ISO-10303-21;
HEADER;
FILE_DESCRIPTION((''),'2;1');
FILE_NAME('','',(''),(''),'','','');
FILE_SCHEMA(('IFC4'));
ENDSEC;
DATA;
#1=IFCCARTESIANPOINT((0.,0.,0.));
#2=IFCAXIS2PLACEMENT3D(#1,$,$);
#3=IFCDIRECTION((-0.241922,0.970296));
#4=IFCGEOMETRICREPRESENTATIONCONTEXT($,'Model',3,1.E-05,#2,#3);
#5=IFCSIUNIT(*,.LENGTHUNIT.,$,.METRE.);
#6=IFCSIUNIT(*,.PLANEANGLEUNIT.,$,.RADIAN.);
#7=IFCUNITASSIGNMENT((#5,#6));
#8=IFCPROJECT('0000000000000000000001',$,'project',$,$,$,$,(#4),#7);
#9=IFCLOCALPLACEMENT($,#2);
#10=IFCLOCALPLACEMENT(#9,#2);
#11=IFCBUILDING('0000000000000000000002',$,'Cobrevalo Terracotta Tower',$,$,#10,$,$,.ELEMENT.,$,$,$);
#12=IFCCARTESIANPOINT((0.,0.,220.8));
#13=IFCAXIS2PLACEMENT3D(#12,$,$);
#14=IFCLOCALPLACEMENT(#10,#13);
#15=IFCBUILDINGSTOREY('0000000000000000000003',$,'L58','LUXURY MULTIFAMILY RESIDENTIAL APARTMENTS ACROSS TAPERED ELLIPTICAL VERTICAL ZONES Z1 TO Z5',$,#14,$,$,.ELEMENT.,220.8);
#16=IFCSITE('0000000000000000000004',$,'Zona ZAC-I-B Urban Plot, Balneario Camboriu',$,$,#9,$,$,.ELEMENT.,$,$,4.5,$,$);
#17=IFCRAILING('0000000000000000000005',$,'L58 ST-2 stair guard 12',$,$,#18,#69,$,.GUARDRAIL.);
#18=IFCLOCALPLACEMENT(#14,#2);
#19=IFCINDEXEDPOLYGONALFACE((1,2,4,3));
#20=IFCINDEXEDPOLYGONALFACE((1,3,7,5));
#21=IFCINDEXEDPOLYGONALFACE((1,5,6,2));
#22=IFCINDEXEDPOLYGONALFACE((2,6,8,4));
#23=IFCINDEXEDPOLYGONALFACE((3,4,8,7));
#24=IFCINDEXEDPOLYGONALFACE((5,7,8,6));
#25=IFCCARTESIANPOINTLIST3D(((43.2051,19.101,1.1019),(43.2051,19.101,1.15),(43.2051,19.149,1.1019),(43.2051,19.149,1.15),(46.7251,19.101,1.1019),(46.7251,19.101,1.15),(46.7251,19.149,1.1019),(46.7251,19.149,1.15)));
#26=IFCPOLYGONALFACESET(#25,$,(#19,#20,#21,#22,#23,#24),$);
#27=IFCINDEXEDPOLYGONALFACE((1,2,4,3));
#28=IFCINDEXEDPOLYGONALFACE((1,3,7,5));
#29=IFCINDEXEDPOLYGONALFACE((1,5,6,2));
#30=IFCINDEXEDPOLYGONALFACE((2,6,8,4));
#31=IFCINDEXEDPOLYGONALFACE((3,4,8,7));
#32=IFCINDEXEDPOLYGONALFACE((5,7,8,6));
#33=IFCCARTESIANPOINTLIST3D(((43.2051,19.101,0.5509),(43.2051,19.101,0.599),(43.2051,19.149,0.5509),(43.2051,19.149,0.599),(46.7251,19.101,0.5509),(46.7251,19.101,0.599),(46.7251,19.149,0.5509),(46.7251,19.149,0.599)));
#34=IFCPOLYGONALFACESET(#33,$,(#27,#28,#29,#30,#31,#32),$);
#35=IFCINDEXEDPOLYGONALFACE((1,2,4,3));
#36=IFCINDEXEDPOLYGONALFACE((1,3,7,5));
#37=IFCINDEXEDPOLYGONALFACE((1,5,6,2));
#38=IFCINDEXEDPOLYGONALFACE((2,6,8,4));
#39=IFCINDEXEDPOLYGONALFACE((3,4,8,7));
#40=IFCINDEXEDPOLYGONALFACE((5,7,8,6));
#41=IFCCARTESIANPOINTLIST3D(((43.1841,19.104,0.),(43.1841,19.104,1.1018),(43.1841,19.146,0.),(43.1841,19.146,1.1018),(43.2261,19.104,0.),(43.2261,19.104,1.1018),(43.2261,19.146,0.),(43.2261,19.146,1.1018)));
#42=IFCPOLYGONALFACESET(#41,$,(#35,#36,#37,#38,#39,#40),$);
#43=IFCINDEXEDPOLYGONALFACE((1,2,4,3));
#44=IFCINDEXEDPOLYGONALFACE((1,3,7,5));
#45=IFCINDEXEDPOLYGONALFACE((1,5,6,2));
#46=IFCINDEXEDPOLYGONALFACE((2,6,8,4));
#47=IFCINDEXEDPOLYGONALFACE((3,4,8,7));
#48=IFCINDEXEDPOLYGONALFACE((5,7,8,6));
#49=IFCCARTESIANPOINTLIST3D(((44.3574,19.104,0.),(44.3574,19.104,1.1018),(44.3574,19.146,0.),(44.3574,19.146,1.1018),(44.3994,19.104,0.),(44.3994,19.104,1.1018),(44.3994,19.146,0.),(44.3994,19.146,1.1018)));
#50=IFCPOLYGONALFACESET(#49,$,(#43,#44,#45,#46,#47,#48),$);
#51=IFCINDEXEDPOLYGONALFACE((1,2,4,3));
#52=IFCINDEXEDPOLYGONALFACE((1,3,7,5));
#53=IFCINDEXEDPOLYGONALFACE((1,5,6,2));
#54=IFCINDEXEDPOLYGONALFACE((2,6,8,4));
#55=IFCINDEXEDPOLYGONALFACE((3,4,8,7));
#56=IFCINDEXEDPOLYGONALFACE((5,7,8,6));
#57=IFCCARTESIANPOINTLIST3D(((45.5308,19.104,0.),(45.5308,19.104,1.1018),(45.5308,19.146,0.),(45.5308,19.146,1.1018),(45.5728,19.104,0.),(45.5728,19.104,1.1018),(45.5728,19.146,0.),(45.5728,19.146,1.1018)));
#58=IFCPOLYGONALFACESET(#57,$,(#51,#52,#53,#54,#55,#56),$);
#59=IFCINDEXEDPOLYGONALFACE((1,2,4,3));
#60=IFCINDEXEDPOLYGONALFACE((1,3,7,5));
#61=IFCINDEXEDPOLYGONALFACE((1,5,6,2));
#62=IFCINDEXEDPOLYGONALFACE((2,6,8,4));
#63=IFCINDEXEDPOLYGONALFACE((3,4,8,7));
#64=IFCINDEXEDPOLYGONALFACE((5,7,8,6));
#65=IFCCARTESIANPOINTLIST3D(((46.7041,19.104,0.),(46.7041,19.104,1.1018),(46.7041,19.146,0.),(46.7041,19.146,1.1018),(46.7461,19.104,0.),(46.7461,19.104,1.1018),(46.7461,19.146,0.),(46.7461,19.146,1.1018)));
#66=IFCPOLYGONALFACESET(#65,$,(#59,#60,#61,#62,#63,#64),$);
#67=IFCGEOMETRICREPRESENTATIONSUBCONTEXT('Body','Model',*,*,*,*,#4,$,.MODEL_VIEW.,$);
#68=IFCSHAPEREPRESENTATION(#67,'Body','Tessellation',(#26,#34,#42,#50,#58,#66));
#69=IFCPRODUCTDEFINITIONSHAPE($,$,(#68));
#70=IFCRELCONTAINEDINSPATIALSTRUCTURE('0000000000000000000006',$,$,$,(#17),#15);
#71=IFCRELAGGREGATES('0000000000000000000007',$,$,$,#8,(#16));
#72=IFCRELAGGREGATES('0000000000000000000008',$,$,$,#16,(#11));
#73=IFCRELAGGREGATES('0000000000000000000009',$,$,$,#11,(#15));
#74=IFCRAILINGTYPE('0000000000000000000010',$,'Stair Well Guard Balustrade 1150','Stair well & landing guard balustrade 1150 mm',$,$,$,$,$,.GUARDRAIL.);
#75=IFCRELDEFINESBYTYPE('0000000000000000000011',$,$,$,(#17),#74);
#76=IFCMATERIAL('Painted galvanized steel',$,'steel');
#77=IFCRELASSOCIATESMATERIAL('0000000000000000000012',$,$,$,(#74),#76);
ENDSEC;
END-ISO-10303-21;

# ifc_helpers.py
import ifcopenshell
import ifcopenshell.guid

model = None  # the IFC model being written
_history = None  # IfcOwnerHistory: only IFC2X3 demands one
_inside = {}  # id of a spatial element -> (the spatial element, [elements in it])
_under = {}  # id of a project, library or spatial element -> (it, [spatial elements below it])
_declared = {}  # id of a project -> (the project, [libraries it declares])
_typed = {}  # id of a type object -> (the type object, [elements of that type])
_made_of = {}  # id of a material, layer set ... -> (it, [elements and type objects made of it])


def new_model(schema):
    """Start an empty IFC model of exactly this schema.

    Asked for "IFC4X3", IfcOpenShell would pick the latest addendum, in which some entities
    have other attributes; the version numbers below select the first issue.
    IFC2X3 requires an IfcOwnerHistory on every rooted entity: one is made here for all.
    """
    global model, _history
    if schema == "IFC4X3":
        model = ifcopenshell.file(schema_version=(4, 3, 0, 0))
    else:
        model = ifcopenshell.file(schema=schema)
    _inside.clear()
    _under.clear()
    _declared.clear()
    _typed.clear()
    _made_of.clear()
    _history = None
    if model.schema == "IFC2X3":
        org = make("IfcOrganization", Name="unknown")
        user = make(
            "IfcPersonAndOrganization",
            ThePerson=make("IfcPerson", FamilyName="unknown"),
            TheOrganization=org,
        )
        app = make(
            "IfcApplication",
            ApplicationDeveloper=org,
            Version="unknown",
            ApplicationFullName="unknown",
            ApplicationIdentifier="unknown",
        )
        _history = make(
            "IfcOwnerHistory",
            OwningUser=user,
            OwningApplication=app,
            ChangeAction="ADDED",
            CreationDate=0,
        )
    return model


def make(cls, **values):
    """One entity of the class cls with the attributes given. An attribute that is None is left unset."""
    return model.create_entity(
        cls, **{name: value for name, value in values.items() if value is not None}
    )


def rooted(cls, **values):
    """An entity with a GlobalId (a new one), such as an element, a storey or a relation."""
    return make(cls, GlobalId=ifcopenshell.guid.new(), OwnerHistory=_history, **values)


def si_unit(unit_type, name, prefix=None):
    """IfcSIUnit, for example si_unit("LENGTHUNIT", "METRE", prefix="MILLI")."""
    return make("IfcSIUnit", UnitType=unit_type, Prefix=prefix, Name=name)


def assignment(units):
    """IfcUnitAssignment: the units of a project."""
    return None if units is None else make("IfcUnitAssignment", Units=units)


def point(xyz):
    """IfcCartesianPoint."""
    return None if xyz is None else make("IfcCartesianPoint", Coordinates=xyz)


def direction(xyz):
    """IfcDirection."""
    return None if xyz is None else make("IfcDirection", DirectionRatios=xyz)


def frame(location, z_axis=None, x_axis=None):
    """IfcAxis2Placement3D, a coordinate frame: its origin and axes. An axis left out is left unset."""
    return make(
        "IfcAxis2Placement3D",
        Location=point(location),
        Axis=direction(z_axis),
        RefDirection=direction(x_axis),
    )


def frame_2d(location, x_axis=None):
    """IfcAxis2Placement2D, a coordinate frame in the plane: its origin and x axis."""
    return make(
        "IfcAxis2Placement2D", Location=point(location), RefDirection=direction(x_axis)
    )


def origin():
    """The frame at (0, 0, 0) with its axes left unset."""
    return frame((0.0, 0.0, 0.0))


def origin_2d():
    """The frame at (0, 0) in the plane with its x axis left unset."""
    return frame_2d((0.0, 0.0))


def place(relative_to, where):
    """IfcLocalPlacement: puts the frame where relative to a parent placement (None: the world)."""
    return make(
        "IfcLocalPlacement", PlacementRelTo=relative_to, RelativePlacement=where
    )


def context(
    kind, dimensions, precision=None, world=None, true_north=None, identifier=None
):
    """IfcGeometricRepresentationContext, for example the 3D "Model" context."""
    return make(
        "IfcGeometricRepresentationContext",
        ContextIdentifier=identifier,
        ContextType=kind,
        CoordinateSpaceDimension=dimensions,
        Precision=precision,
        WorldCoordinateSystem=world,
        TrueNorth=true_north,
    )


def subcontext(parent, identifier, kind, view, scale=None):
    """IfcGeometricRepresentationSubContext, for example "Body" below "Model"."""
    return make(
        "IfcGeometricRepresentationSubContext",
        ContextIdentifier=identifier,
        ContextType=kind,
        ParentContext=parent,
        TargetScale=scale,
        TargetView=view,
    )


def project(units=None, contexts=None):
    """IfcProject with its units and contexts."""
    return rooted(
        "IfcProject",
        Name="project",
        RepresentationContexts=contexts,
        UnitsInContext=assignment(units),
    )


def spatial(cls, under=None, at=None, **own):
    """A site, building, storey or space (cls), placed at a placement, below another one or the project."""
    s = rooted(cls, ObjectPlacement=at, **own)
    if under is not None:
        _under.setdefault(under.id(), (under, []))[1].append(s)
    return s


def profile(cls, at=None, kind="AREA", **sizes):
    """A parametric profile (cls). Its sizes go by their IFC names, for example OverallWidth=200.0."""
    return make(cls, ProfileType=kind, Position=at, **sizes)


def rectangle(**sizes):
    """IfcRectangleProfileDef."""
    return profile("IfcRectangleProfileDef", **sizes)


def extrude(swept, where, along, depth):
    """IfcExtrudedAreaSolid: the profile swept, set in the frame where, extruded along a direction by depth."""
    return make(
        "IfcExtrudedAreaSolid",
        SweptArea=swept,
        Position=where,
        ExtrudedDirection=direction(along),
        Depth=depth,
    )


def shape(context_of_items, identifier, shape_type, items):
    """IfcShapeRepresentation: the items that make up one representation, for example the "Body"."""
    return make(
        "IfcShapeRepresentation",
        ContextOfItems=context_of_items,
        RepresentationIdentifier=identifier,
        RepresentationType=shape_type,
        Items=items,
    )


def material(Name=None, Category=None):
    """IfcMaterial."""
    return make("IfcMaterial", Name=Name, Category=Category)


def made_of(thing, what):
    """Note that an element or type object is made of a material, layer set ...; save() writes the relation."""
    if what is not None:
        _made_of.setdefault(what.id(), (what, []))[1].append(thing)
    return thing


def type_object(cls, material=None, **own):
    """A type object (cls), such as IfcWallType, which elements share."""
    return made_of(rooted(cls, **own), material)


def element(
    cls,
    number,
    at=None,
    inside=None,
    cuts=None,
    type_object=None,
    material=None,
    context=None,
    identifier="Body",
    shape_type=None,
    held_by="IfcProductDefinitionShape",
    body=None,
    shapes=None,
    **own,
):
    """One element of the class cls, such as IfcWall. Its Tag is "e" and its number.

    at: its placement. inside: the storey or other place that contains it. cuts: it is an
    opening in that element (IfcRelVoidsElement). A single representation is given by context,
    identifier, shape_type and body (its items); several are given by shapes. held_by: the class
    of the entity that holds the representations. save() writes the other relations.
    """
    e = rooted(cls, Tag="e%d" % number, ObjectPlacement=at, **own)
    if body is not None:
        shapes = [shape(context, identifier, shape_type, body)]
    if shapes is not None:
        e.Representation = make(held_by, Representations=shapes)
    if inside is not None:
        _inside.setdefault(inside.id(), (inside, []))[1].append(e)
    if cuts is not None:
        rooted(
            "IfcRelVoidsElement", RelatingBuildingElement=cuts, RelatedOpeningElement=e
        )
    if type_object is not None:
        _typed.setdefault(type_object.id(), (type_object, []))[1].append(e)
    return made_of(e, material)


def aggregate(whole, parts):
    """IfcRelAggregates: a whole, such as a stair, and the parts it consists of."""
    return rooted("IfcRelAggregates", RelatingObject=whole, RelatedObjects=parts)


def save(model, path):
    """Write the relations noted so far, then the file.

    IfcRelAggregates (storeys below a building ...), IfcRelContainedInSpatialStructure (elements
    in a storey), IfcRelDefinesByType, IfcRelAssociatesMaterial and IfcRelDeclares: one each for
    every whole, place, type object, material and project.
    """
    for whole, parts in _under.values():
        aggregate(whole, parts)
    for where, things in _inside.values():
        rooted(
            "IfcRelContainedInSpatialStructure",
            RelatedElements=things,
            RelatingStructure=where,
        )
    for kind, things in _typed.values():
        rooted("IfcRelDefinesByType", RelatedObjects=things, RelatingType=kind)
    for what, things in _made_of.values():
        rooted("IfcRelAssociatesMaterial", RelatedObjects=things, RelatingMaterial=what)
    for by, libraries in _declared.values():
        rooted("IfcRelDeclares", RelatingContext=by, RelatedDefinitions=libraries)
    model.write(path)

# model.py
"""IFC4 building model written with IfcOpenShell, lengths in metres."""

from ifc_helpers import new_model, si_unit, direction, frame, origin, origin_2d, place, context, subcontext, project, spatial, rectangle, extrude, material, type_object, element, save


model = new_model("IFC4")

# Units and contexts
model_context = context("Model", 3, precision=1e-05, world=origin(), true_north=direction((-0.241922, 0.970296)))
body_context = subcontext(model_context, "Body", "Model", "MODEL_VIEW")
ifc_project = project(units=[si_unit("LENGTHUNIT", "METRE"), si_unit("PLANEANGLEUNIT", "RADIAN")], contexts=[model_context])

# Site, building, storey
site_placement = place(None, origin())
site = spatial("IfcSite", under=ifc_project, at=site_placement, Name="Zona ZAC-I-B Urban Plot, Balneario Camboriu", CompositionType="ELEMENT", RefElevation=4.5)
building_placement = place(site_placement, origin())
building = spatial("IfcBuilding", under=site, at=building_placement, Name="Cobrevalo Terracotta Tower", CompositionType="ELEMENT")
storey_placement = place(building_placement, frame((0.0, 0.0, 220.8)))
storey = spatial("IfcBuildingStorey", under=building, at=storey_placement, Name="L58", Description="LUXURY MULTIFAMILY RESIDENTIAL APARTMENTS ACROSS TAPERED ELLIPTICAL VERTICAL ZONES Z1 TO Z5", CompositionType="ELEMENT", Elevation=220.8)

# Railing
ifc_material_1 = material(Name="Painted galvanized steel", Category="steel")
railing_type_1 = type_object("IfcRailingType", Name="Stair Well Guard Balustrade 1150", Description="Stair well & landing guard balustrade 1150 mm", PredefinedType="GUARDRAIL", material=ifc_material_1)
railing_1_placement = place(storey_placement, frame((43.2051, 19.125, 0.0)))
element("IfcRailing", 1, at=railing_1_placement, inside=storey, type_object=railing_type_1, Name="L58 ST-2 stair guard 12", PredefinedType="GUARDRAIL", context=body_context, shape_type="SweptSolid", body=[
    extrude(rectangle(XDim=0.0481, YDim=0.0481, at=origin_2d()), frame((0.0, 0.0, 1.126), z_axis=(1.0, 0.0, 0.0), x_axis=(0.0, 1.0, 0.0)), (0.0, 0.0, 1.0), 3.52),
    extrude(rectangle(XDim=0.0481, YDim=0.0481, at=origin_2d()), frame((0.0, 0.0, 0.575), z_axis=(1.0, 0.0, 0.0), x_axis=(0.0, 1.0, 0.0)), (0.0, 0.0, 1.0), 3.52),
    extrude(rectangle(XDim=0.042, YDim=0.042, at=origin_2d()), origin(), (0.0, 0.0, 1.0), 1.1018),
    extrude(rectangle(XDim=0.042, YDim=0.042, at=origin_2d()), frame((1.1733, 0.0, 0.0)), (0.0, 0.0, 1.0), 1.1018),
    extrude(rectangle(XDim=0.042, YDim=0.042, at=origin_2d()), frame((2.3467, 0.0, 0.0)), (0.0, 0.0, 1.0), 1.1018),
    extrude(rectangle(XDim=0.042, YDim=0.042, at=origin_2d()), frame((3.52, 0.0, 0.0)), (0.0, 0.0, 1.0), 1.1018),
])

save(model, "model.ifc")
